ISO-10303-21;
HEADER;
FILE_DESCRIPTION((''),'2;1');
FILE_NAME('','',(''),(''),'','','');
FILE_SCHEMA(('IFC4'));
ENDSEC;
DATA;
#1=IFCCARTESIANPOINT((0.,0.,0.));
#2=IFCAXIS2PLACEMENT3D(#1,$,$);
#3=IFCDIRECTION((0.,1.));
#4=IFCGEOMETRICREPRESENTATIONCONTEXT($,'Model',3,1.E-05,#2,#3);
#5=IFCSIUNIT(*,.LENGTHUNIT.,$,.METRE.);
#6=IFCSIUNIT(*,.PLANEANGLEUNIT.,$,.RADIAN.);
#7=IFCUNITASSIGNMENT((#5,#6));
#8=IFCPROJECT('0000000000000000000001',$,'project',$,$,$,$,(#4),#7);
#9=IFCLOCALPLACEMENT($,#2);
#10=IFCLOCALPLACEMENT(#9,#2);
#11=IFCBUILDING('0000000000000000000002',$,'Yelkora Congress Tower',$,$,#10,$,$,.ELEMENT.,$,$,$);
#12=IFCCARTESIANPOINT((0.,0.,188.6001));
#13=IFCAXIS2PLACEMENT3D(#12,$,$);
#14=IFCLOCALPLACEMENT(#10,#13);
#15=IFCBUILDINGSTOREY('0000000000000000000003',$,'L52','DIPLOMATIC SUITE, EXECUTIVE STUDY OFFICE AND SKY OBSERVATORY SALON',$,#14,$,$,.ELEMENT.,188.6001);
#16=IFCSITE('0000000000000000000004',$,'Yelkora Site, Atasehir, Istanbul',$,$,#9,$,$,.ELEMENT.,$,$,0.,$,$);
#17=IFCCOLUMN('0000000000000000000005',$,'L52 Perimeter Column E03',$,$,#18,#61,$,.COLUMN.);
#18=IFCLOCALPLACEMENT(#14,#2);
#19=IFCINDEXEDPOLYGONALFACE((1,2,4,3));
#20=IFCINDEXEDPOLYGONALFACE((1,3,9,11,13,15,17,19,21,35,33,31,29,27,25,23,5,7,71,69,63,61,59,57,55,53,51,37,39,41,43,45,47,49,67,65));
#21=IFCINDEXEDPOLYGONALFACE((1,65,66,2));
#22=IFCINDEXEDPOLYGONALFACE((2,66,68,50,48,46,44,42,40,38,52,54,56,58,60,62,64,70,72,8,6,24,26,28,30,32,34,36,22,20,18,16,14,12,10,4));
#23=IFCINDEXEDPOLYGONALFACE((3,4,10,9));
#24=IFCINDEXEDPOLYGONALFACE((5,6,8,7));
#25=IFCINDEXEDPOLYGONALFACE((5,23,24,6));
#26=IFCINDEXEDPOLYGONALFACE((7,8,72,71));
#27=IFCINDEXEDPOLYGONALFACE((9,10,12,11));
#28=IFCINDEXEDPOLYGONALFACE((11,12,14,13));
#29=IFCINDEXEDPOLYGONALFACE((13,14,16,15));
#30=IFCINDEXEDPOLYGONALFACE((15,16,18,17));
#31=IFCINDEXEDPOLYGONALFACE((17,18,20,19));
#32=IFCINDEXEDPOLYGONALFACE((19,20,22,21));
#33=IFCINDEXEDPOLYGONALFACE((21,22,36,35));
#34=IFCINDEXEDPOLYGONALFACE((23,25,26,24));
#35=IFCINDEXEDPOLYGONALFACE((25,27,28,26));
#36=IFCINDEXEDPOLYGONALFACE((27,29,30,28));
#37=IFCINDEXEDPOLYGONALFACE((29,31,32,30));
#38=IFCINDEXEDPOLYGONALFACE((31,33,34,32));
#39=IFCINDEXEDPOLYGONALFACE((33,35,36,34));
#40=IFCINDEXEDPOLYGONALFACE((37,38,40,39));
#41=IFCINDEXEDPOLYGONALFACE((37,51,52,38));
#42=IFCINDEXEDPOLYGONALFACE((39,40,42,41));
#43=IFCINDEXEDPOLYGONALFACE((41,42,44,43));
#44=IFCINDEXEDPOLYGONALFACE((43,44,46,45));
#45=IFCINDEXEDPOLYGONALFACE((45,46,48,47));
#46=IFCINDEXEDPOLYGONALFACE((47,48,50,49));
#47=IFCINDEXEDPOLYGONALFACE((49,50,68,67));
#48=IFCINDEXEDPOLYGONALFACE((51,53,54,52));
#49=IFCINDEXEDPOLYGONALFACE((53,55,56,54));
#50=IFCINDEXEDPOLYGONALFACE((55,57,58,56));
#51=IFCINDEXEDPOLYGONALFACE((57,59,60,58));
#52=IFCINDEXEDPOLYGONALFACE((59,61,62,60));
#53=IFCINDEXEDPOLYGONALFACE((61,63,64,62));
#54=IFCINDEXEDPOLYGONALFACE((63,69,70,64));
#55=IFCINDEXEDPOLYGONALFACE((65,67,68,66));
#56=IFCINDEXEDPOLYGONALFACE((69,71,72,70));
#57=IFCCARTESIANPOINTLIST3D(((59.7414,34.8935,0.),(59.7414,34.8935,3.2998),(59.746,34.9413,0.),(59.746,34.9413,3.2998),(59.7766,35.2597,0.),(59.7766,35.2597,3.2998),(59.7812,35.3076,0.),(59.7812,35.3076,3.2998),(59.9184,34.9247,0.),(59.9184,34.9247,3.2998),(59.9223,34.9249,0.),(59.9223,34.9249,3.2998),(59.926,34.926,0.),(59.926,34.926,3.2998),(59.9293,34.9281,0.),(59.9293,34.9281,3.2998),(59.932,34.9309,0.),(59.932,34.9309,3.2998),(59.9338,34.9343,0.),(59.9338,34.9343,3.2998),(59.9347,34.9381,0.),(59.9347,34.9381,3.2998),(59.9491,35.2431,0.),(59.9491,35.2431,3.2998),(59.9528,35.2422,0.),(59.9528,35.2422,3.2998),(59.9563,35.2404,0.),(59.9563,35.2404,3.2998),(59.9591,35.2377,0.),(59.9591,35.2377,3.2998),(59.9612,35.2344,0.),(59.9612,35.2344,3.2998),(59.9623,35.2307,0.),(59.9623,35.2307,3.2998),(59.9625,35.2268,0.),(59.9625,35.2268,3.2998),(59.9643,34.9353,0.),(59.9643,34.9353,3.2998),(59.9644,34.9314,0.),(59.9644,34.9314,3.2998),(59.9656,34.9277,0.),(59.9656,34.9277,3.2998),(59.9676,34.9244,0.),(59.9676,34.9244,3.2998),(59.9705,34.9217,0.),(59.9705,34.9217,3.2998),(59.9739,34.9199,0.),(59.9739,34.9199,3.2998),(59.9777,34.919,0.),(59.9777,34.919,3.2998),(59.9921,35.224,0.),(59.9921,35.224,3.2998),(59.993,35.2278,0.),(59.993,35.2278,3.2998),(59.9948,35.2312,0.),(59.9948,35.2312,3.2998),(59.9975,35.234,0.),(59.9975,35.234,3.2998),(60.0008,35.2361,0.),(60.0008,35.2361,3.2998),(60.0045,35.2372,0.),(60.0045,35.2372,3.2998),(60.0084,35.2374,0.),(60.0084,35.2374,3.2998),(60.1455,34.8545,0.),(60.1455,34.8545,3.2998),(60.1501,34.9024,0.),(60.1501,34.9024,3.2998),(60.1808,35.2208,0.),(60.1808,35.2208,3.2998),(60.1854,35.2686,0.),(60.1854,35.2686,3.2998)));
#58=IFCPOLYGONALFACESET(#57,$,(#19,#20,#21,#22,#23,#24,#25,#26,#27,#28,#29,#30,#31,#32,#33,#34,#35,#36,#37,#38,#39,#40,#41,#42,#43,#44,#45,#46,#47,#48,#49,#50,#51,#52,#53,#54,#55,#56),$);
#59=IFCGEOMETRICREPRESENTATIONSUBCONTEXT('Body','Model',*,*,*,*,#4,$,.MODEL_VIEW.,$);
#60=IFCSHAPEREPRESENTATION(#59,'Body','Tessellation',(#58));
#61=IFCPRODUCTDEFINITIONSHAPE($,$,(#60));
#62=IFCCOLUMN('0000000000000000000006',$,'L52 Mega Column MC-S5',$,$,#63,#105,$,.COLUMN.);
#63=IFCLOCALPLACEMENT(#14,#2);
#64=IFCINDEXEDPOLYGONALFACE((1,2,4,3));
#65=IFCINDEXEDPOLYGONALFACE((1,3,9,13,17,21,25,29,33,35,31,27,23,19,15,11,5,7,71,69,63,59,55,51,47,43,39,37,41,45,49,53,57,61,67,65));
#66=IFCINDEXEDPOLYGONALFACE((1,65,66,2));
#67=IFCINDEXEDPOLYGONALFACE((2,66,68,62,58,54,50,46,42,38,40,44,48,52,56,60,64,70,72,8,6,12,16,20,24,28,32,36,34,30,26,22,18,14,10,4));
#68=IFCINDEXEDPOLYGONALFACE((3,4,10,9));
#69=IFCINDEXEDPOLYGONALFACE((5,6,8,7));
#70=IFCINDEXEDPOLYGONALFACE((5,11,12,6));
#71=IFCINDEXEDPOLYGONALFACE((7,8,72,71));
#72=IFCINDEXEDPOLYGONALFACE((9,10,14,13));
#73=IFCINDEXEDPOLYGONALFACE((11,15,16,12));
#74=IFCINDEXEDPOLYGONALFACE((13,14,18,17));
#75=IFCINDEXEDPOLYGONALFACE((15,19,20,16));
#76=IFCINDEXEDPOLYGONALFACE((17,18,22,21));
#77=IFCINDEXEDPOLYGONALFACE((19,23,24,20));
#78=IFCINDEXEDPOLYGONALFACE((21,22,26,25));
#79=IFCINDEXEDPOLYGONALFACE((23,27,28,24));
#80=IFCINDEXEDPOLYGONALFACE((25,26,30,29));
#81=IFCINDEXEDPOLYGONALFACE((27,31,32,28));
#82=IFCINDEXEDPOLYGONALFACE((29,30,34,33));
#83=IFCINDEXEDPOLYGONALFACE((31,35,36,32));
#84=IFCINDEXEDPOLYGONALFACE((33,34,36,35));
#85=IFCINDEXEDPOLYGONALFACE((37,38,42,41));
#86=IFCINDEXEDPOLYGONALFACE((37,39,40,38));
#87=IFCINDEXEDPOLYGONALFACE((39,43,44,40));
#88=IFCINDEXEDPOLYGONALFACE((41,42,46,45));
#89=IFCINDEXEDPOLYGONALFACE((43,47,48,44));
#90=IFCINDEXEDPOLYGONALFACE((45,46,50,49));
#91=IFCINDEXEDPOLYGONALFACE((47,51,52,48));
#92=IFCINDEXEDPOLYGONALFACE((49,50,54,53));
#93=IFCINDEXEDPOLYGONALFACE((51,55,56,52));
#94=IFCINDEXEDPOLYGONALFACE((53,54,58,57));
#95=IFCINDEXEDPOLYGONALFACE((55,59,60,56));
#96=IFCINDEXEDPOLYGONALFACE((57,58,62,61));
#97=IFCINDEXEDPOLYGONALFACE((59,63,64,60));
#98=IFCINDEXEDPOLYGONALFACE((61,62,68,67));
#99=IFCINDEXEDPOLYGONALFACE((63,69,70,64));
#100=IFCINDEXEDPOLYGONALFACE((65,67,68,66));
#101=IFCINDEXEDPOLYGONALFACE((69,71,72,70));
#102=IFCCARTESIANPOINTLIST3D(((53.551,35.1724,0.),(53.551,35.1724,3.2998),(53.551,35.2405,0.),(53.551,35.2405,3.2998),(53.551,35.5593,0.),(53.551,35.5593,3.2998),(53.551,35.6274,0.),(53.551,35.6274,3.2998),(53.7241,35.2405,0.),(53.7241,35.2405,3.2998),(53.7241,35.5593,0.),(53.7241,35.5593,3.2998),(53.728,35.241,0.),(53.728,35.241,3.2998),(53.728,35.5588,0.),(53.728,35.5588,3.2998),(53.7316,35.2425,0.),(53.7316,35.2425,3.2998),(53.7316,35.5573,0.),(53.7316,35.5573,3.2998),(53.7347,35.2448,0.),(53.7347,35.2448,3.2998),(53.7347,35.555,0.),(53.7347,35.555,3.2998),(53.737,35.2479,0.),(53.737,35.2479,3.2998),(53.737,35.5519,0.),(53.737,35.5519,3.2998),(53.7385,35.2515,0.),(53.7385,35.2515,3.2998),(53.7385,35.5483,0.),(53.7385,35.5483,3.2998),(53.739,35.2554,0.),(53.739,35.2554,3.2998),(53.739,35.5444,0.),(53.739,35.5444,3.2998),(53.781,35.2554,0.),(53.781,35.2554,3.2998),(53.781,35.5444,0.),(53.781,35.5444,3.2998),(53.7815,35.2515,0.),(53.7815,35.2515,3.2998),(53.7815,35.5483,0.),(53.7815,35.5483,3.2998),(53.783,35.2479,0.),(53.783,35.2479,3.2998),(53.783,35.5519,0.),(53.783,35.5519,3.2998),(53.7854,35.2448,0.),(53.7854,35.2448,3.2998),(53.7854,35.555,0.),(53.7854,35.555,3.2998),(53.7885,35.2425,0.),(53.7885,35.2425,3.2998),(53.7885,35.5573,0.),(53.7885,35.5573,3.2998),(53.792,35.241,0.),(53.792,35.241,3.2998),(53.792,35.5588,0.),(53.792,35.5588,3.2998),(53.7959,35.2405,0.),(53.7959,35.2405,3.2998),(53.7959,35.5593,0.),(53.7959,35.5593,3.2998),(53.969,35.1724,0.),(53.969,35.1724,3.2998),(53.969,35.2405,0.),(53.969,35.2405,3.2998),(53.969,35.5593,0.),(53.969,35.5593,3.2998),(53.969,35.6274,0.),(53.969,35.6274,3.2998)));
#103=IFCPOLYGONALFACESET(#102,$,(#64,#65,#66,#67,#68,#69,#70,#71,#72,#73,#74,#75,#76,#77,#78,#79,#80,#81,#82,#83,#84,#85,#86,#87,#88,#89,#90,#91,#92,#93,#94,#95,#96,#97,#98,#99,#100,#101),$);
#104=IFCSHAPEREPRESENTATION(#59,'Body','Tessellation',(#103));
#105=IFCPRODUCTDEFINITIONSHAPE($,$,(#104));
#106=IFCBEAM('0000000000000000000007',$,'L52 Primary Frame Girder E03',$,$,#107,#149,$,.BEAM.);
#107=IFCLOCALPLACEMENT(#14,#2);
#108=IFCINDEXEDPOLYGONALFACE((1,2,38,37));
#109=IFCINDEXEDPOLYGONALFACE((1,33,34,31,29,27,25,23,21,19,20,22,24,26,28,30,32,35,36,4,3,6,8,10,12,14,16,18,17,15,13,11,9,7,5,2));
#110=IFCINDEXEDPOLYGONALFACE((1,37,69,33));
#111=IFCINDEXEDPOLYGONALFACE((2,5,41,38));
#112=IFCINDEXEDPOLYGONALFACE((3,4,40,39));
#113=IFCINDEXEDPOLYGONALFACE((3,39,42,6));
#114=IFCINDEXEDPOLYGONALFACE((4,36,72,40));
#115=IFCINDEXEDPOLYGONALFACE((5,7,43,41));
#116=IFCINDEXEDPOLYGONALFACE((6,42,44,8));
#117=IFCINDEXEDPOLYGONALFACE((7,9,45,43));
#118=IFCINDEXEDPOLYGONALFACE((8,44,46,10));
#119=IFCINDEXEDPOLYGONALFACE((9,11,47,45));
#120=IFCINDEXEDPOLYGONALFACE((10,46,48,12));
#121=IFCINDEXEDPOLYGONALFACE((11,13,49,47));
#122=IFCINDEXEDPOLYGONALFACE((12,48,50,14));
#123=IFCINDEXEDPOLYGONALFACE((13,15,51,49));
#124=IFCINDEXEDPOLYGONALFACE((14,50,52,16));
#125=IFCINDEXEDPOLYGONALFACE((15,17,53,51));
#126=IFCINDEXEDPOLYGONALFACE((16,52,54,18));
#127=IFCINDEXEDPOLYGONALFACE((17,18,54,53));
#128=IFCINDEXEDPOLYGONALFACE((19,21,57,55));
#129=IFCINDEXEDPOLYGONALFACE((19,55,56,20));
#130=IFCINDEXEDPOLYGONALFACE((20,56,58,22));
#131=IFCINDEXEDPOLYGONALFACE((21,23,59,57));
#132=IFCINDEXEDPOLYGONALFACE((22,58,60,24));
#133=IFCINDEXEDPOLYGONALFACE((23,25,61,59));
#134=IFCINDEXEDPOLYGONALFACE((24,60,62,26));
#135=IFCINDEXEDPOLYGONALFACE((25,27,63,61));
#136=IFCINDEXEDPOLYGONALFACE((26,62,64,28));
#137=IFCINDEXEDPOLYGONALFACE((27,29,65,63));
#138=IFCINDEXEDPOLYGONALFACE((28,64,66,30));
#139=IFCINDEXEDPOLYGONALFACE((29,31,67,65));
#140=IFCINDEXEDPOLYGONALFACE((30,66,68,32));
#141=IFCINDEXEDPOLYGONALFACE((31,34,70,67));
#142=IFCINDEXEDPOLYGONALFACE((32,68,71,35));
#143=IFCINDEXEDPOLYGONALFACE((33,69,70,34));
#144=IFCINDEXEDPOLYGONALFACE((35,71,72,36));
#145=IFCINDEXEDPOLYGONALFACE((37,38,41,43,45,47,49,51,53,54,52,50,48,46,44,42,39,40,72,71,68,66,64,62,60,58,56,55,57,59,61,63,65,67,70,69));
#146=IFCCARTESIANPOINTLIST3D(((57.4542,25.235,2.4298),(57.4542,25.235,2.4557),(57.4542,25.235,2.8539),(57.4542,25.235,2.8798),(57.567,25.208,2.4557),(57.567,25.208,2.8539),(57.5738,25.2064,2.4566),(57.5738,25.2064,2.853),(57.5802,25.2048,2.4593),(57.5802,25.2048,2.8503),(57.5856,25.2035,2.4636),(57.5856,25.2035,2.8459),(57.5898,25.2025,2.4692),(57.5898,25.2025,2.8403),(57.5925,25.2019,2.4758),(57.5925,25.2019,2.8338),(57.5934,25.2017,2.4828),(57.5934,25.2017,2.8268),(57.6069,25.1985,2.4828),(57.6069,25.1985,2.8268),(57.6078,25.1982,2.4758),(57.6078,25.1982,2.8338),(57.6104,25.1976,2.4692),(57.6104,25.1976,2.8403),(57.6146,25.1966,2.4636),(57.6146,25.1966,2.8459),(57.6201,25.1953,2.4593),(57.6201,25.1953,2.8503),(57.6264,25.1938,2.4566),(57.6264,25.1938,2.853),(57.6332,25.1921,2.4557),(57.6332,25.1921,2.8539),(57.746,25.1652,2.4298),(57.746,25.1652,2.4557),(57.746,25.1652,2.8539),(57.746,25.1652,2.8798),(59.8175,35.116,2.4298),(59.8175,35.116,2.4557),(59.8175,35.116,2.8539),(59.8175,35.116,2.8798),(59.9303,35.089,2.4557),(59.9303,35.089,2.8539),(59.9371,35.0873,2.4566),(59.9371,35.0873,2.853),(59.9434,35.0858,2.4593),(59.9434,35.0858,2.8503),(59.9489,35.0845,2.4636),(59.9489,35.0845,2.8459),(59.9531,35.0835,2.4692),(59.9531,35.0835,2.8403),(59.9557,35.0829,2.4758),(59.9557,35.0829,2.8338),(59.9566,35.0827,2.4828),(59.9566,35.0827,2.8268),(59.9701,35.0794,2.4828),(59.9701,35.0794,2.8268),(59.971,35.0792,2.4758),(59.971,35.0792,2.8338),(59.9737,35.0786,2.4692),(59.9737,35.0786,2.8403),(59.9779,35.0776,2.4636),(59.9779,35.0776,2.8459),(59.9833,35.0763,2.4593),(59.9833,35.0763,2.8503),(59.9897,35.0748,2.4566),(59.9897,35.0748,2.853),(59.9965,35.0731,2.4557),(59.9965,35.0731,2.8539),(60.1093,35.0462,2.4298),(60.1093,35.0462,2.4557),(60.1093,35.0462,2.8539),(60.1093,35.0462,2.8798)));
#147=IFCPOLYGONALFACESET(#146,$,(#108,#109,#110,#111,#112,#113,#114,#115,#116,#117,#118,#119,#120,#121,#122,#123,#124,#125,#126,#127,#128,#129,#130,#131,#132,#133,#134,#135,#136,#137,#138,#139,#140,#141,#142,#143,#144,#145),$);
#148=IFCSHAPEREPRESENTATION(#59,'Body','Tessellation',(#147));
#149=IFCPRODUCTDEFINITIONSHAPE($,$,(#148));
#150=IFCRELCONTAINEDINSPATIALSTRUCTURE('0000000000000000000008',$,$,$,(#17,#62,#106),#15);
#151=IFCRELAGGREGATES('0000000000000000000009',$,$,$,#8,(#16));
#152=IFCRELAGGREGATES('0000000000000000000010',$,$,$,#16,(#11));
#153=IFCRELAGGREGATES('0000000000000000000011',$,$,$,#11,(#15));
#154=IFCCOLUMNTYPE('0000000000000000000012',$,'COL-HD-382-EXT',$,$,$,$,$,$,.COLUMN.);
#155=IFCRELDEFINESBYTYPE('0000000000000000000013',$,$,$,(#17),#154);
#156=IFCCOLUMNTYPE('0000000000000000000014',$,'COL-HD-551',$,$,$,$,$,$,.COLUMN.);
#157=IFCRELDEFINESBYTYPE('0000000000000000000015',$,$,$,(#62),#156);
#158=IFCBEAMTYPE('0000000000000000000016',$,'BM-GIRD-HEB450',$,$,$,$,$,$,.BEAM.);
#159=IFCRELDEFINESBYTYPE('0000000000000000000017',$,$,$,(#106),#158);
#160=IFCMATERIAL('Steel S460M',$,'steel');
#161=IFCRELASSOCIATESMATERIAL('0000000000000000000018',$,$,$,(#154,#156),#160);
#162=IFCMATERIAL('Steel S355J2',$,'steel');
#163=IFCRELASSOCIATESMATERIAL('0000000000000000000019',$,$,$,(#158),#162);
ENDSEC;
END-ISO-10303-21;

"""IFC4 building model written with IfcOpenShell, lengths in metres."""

from ifc_helpers import new_model, si_unit, direction, frame, origin, origin_2d, place, context, subcontext, project, spatial, i_section, extrude, material, material_profile, profile_set, type_object, element, save


model = new_model("IFC4")

# Units and contexts
model_context = context("Model", 3, precision=1e-05, world=origin(), true_north=direction((0.0, 1.0)))
body_context = subcontext(model_context, "Body", "Model", "MODEL_VIEW")
ifc_project = project(units=[si_unit("LENGTHUNIT", "METRE"), si_unit("PLANEANGLEUNIT", "RADIAN")], contexts=[model_context])

# Site, building, storey
site_placement = place(None, origin())
site = spatial("IfcSite", under=ifc_project, at=site_placement, Name="Yelkora Site, Atasehir, Istanbul", CompositionType="ELEMENT", RefElevation=0.0)
building_placement = place(site_placement, origin())
building = spatial("IfcBuilding", under=site, at=building_placement, Name="Yelkora Congress Tower", CompositionType="ELEMENT")
storey_placement = place(building_placement, frame((0.0, 0.0, 188.6001)))
storey = spatial("IfcBuildingStorey", under=building, at=storey_placement, Name="L52", Description="DIPLOMATIC SUITE, EXECUTIVE STUDY OFFICE AND SKY OBSERVATORY SALON", CompositionType="ELEMENT", Elevation=188.6001)

# Columns
ifc_material_1 = material(Name="Steel S460M", Category="steel")
ifc_material_profile_1 = material_profile(ifc_material_1, i_section(OverallWidth=0.406, OverallDepth=0.416, WebThickness=0.0298, FlangeThickness=0.0481, FilletRadius=0.0149, at=origin_2d()), Name="HD 400x382")
ifc_profile_set_1 = profile_set([ifc_material_profile_1], Name="Steel S460M")
column_type_1 = type_object("IfcColumnType", Name="COL-HD-382-EXT", PredefinedType="COLUMN", material=ifc_profile_set_1)
column_1_placement = place(storey_placement, frame((59.9634, 35.0811, 0.0), z_axis=(0.0, 0.0, 1.0), x_axis=(0.995396, -0.095846, 0.0)))
element("IfcColumn", 1, at=column_1_placement, inside=storey, type_object=column_type_1, Name="L52 Perimeter Column E03", PredefinedType="COLUMN", context=body_context, shape_type="SweptSolid", body=[
    extrude(i_section(OverallWidth=0.406, OverallDepth=0.416, WebThickness=0.0298, FlangeThickness=0.0481, FilletRadius=0.0149, at=origin_2d()), origin(), (0.0, 0.0, 1.0), 3.2998),
])
ifc_material_profile_2 = material_profile(ifc_material_1, i_section(OverallWidth=0.418, OverallDepth=0.4551, WebThickness=0.042, FlangeThickness=0.0681, FilletRadius=0.0149, at=origin_2d()), Name="HD 400x551")
ifc_profile_set_2 = profile_set([ifc_material_profile_2], Name="Steel S460M")
column_type_2 = type_object("IfcColumnType", Name="COL-HD-551", PredefinedType="COLUMN", material=ifc_profile_set_2)
column_2_placement = place(storey_placement, frame((53.76, 35.3999, 0.0), z_axis=(0.0, 0.0, 1.0), x_axis=(1.0, 0.0, 0.0)))
element("IfcColumn", 2, at=column_2_placement, inside=storey, type_object=column_type_2, Name="L52 Mega Column MC-S5", PredefinedType="COLUMN", context=body_context, shape_type="SweptSolid", body=[
    extrude(i_section(OverallWidth=0.418, OverallDepth=0.4551, WebThickness=0.042, FlangeThickness=0.0681, FilletRadius=0.0149, at=origin_2d()), origin(), (0.0, 0.0, 1.0), 3.2998),
])

# Beam
ifc_material_2 = material(Name="Steel S355J2", Category="steel")
ifc_material_profile_3 = material_profile(ifc_material_2, i_section(OverallWidth=0.3, OverallDepth=0.45, WebThickness=0.0139, FlangeThickness=0.0259, FilletRadius=0.0271, at=origin_2d()), Name="HEB 450")
ifc_profile_set_3 = profile_set([ifc_material_profile_3], Name="Steel S355J2")
beam_type_1 = type_object("IfcBeamType", Name="BM-GIRD-HEB450", PredefinedType="BEAM", material=ifc_profile_set_3)
beam_1_placement = place(storey_placement, frame((59.9634, 35.0811, 2.6548), z_axis=(-0.232611, -0.97257, 0.0), x_axis=(0.97257, -0.232611, 0.0)))
element("IfcBeam", 3, at=beam_1_placement, inside=storey, type_object=beam_type_1, Name="L52 Primary Frame Girder E03", PredefinedType="BEAM", context=body_context, shape_type="SweptSolid", body=[
    extrude(i_section(OverallWidth=0.3, OverallDepth=0.45, WebThickness=0.0139, FlangeThickness=0.0259, FilletRadius=0.0271, at=origin_2d()), origin(), (0.0, 0.0, 1.0), 10.1597),
])

save(model, "model.ifc")
